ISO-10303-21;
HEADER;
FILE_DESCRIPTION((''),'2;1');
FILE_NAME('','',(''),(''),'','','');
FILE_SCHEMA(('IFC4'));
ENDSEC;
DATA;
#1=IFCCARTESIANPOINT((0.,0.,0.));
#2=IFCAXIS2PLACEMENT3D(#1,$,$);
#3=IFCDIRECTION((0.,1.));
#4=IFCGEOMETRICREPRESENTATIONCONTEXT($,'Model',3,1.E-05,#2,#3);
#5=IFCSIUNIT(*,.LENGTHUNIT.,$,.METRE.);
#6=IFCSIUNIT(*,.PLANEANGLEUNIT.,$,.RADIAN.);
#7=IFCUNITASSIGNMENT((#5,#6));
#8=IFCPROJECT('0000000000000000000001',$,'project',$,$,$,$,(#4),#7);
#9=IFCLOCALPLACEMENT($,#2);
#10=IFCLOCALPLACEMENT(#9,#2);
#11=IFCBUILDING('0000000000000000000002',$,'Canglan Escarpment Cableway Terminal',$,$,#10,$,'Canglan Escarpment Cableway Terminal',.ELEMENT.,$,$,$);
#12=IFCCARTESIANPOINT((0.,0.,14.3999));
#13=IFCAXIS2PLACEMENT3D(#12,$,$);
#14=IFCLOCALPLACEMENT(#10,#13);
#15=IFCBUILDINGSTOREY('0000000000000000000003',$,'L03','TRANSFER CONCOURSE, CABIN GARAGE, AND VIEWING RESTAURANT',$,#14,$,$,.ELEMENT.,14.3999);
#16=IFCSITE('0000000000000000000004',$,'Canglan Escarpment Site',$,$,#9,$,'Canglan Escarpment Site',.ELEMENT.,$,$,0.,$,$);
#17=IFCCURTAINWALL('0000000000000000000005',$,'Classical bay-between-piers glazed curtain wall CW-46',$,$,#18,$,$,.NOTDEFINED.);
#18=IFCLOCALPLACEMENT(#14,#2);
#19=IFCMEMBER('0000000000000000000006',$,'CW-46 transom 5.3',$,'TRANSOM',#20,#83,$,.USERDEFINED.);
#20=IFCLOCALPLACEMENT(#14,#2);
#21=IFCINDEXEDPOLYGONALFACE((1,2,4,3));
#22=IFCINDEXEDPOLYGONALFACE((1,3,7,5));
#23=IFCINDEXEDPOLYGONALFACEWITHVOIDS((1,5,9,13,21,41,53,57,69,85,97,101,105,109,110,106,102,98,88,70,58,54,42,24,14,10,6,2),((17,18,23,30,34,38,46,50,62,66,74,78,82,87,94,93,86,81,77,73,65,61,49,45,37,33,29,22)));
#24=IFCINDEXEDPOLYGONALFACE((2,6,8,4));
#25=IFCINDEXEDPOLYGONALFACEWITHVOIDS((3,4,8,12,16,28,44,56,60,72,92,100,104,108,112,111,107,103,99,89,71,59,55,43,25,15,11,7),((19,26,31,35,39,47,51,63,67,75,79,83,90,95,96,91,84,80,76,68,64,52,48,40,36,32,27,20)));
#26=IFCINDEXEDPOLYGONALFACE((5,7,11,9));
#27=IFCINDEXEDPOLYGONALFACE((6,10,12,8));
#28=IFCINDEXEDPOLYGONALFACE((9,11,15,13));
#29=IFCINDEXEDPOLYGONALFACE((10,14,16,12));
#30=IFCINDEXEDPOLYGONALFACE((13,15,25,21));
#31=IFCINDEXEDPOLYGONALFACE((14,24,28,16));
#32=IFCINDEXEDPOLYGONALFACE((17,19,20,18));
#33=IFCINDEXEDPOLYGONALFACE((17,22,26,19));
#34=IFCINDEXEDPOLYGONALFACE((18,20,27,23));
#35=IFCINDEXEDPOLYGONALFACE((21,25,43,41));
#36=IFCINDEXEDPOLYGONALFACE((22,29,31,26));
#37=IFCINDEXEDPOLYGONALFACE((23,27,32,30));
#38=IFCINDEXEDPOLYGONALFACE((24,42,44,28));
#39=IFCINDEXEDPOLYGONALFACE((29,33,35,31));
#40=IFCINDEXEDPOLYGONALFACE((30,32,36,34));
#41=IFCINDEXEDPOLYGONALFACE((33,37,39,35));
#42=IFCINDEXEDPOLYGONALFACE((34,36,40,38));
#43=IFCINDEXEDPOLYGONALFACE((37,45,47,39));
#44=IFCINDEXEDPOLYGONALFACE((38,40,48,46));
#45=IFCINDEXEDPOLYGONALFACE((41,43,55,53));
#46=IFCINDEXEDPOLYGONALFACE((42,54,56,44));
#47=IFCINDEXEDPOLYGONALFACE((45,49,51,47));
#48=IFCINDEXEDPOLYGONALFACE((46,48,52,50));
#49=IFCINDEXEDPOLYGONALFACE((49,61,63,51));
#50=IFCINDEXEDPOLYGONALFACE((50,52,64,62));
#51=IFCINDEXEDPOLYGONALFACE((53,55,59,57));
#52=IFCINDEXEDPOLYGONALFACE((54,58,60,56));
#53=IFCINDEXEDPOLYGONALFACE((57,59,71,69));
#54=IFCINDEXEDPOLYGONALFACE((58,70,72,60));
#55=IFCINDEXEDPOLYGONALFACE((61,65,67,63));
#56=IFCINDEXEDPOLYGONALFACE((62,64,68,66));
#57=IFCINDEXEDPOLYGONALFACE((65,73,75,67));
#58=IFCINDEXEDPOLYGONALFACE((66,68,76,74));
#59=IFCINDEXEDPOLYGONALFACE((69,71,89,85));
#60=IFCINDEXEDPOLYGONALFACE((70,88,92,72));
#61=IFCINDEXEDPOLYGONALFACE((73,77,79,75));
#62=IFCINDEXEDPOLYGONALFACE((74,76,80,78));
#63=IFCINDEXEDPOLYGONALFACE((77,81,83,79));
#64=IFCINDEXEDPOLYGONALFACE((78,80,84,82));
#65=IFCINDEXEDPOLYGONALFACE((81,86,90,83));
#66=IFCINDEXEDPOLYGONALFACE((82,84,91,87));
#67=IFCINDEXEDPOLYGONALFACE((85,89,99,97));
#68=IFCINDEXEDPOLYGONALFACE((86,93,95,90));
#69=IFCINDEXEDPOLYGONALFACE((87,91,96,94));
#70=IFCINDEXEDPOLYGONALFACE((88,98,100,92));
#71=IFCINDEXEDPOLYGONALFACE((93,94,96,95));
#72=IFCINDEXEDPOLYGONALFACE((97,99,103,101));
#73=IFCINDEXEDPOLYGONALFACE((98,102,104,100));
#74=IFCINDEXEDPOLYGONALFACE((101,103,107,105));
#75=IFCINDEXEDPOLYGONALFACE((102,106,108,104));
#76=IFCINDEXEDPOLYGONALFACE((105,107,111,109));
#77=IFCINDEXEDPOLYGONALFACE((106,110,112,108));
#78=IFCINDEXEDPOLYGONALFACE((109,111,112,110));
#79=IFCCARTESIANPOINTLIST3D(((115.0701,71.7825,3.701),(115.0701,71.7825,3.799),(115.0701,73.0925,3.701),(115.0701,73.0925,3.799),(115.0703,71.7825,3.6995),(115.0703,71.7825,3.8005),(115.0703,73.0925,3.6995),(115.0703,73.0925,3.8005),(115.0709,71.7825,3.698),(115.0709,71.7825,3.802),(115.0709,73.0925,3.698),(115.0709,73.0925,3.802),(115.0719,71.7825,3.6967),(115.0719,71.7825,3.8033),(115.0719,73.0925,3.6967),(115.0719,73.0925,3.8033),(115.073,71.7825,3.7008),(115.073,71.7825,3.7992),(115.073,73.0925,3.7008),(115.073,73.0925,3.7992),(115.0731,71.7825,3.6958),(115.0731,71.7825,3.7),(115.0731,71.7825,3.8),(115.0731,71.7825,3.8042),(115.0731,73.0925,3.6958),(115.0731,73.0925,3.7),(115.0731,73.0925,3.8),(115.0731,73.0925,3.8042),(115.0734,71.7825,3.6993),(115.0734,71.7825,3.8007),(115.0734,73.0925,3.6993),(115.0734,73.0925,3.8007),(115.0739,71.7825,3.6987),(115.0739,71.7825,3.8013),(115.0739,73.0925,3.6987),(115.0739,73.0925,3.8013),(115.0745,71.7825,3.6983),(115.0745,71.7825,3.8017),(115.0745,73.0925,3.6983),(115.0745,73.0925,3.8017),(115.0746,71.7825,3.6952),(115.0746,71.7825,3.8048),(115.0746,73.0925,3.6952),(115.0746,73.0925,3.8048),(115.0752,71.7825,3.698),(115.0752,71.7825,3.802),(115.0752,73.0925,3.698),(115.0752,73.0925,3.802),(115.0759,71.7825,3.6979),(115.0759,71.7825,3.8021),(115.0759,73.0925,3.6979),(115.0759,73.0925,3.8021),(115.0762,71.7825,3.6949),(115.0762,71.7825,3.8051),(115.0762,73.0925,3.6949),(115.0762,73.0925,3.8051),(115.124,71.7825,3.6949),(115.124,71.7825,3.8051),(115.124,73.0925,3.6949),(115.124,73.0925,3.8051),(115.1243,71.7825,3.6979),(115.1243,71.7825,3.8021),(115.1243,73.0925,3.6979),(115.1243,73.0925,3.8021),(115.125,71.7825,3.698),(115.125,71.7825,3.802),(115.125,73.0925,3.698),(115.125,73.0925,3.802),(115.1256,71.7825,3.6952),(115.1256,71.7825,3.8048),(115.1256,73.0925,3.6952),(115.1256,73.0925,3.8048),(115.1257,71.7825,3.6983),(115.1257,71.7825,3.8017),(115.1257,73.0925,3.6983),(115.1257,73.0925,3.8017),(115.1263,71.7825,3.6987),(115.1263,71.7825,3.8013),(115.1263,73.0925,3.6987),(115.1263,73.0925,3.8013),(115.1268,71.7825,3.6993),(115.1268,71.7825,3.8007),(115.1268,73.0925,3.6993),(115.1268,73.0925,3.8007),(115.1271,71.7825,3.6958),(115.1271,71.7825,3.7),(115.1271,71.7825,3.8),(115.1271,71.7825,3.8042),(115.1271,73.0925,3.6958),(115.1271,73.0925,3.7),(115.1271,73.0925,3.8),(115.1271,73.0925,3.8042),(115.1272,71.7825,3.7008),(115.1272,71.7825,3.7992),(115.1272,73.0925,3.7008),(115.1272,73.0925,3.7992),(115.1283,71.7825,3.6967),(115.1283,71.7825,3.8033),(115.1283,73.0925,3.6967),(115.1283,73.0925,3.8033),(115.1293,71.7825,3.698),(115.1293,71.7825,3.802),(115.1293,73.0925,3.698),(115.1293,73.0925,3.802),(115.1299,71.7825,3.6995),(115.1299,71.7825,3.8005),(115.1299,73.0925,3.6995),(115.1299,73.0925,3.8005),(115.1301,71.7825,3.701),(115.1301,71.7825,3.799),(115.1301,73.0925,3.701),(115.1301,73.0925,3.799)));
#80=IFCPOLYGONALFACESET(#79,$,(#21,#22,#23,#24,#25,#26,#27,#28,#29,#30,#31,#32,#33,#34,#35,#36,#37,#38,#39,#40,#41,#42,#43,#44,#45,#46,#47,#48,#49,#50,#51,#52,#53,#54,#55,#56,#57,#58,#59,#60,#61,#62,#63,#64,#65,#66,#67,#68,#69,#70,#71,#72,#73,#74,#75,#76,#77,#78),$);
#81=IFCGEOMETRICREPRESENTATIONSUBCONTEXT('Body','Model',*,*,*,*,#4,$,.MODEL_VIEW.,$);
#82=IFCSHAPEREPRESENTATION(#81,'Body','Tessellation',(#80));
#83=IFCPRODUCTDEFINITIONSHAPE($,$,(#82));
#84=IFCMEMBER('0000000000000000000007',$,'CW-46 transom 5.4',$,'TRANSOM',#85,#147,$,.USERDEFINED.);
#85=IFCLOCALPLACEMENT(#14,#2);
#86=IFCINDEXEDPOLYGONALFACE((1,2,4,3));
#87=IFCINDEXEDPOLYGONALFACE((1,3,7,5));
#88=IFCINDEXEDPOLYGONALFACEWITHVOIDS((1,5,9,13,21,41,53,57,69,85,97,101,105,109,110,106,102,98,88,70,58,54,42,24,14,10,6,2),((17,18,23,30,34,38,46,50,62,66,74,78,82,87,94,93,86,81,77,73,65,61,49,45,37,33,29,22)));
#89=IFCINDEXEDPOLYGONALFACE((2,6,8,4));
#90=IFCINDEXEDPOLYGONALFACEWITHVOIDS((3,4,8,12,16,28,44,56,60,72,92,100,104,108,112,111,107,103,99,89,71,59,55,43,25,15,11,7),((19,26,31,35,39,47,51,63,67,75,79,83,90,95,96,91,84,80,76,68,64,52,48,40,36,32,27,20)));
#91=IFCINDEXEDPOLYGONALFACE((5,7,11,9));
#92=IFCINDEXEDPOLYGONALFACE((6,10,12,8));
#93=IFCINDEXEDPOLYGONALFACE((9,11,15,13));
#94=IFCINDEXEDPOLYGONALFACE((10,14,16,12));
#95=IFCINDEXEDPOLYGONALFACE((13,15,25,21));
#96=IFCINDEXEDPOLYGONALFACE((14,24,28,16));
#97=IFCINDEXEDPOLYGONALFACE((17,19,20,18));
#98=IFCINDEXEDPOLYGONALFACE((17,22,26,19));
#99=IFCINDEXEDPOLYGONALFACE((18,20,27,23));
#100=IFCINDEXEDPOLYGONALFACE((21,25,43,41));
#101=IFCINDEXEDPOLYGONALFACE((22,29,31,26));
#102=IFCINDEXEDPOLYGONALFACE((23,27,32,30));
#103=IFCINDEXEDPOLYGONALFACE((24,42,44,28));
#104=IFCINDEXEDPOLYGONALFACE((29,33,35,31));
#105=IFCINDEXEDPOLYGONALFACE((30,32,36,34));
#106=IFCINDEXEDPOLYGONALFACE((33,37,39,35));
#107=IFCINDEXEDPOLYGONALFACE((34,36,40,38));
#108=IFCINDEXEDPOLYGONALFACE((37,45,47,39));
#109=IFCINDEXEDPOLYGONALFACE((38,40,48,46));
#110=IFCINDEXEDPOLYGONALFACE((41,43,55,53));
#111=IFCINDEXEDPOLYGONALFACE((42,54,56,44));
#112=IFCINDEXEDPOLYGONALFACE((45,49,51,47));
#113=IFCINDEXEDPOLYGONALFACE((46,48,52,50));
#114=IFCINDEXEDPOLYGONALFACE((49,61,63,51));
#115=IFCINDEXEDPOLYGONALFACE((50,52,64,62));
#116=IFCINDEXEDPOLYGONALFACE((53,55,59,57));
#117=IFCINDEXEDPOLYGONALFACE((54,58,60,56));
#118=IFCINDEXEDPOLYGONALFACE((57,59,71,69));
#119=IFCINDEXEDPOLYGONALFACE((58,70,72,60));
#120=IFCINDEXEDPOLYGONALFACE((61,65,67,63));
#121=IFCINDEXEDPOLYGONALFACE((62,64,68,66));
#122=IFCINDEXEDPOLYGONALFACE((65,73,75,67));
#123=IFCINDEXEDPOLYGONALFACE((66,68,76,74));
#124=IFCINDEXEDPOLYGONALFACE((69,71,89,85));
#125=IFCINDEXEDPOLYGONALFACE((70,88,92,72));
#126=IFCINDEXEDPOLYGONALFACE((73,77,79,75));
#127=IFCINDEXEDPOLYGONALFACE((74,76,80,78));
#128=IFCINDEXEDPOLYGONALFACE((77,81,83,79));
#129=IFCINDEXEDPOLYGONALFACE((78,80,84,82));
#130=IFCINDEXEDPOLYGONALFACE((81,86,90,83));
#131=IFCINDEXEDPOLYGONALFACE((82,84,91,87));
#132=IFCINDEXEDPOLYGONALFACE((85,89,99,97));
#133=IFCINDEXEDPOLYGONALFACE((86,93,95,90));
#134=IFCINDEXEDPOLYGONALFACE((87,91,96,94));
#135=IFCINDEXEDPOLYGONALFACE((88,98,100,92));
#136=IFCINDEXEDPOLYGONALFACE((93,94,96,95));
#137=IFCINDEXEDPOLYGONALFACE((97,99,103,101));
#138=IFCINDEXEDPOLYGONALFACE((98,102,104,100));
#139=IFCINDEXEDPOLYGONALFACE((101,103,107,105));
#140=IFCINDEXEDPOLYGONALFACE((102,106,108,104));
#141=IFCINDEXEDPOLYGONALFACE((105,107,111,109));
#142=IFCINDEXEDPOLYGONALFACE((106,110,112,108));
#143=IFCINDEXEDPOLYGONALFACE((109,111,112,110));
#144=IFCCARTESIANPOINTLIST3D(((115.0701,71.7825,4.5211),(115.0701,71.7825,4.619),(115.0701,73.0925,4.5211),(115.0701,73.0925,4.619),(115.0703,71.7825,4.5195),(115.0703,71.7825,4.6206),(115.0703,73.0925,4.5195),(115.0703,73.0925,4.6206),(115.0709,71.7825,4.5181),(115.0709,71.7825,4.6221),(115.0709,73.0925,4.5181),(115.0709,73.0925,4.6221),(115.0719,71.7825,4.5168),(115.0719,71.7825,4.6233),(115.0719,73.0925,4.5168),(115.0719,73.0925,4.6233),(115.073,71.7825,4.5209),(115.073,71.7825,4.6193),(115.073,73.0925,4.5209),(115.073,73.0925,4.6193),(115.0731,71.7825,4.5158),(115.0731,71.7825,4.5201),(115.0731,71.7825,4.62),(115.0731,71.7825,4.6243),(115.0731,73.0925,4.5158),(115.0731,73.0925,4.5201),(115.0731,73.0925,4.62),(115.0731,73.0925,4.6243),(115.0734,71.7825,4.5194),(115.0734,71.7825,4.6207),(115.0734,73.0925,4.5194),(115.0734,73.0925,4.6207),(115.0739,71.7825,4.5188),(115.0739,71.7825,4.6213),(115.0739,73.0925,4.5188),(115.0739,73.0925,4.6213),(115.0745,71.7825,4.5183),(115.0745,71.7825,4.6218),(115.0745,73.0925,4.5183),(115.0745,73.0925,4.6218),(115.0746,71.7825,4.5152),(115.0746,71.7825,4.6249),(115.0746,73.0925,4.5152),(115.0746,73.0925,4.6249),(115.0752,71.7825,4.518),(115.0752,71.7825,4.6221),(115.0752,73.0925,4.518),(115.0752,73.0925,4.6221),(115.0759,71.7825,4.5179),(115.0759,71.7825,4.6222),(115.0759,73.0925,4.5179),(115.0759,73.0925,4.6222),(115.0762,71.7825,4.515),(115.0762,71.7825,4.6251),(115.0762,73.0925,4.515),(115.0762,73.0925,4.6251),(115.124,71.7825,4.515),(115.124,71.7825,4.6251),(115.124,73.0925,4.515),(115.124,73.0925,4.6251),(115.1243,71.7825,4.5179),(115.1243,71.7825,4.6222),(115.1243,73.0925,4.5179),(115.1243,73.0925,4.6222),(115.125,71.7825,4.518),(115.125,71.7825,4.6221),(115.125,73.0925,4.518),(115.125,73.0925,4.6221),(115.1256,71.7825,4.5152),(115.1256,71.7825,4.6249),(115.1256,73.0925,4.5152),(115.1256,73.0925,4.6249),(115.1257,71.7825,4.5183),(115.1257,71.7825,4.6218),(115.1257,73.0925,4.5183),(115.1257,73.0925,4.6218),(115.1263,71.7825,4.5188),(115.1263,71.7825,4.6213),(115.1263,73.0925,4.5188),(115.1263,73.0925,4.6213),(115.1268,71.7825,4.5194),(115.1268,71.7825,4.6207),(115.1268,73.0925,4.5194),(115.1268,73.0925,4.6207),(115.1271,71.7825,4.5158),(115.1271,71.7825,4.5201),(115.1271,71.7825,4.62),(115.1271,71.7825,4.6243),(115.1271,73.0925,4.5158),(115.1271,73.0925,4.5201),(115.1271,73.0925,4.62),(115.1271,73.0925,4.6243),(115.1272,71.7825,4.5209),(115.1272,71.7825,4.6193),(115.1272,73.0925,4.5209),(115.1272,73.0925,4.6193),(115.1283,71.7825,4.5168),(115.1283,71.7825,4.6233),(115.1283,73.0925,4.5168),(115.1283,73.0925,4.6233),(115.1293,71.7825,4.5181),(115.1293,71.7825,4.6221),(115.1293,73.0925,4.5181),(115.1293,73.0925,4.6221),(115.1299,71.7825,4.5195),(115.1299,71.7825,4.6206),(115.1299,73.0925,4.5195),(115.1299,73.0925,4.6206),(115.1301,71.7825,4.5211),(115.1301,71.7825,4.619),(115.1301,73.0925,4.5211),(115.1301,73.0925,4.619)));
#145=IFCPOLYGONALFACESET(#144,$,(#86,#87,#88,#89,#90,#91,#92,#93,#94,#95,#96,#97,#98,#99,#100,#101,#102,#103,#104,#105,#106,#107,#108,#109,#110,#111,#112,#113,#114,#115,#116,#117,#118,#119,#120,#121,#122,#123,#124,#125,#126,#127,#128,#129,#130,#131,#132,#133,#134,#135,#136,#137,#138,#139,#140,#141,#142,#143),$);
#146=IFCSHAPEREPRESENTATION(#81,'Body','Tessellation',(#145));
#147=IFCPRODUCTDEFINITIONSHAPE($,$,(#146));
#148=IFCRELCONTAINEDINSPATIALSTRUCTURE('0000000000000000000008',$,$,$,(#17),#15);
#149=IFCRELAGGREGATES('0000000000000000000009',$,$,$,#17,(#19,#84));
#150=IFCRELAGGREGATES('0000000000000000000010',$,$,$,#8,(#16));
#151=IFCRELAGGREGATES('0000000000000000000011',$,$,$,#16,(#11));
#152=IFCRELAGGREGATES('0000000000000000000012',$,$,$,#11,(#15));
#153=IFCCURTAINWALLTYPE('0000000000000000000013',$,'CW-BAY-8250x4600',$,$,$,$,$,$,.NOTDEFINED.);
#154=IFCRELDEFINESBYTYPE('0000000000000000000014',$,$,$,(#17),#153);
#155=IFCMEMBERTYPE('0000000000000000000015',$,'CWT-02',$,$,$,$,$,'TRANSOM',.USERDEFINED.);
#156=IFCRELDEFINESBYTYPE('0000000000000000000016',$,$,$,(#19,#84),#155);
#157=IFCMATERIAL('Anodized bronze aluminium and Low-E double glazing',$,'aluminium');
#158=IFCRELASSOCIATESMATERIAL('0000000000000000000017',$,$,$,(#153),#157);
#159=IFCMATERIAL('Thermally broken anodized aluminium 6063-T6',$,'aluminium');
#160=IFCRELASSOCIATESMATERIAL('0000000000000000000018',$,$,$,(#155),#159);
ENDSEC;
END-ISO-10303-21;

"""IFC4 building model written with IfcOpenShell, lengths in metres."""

from ifc_helpers import new_model, si_unit, direction, frame, origin, origin_2d, place, context, subcontext, project, spatial, hollow_rectangle, extrude, material, material_profile, profile_set, type_object, element, aggregate, save


model = new_model("IFC4")

# Units and contexts
model_context = context("Model", 3, precision=1e-05, world=origin(), true_north=direction((0.0, 1.0)))
body_context = subcontext(model_context, "Body", "Model", "MODEL_VIEW")
ifc_project = project(units=[si_unit("LENGTHUNIT", "METRE"), si_unit("PLANEANGLEUNIT", "RADIAN")], contexts=[model_context])

# Site, building, storey
site_placement = place(None, origin())
site = spatial("IfcSite", under=ifc_project, at=site_placement, Name="Canglan Escarpment Site", LongName="Canglan Escarpment Site", CompositionType="ELEMENT", RefElevation=0.0)
building_placement = place(site_placement, origin())
building = spatial("IfcBuilding", under=site, at=building_placement, Name="Canglan Escarpment Cableway Terminal", LongName="Canglan Escarpment Cableway Terminal", CompositionType="ELEMENT")
storey_placement = place(building_placement, frame((0.0, 0.0, 14.3999)))
storey = spatial("IfcBuildingStorey", under=building, at=storey_placement, Name="L03", Description="TRANSFER CONCOURSE, CABIN GARAGE, AND VIEWING RESTAURANT", CompositionType="ELEMENT", Elevation=14.3999)

# Curtain wall, members
ifc_material_1 = material(Name="Anodized bronze aluminium and Low-E double glazing", Category="aluminium")
curtain_wall_type = type_object("IfcCurtainWallType", Name="CW-BAY-8250x4600", PredefinedType="NOTDEFINED", material=ifc_material_1)
curtain_wall_placement = place(storey_placement, origin())
curtain_wall = element("IfcCurtainWall", 1, at=curtain_wall_placement, inside=storey, type_object=curtain_wall_type, Name="Classical bay-between-piers glazed curtain wall CW-46", PredefinedType="NOTDEFINED")
ifc_material_2 = material(Name="Thermally broken anodized aluminium 6063-T6", Category="aluminium")
ifc_material_profile_1 = material_profile(ifc_material_2, hollow_rectangle(XDim=0.0601, YDim=0.1101, WallThickness=0.0029, InnerFilletRadius=0.0029, OuterFilletRadius=0.0061, at=origin_2d()), Name="ALU-TRAN 60x110x3")
ifc_profile_set_1 = profile_set([ifc_material_profile_1], Name="Thermally broken anodized aluminium 6063-T6")
member_type_1 = type_object("IfcMemberType", Name="CWT-02", ElementType="TRANSOM", PredefinedType="USERDEFINED", material=ifc_profile_set_1)
member_1_placement = place(storey_placement, frame((115.1001, 73.0925, 3.75), z_axis=(0.0, -1.0, 0.0), x_axis=(1.0, 0.0, 0.0)))
member_1 = element("IfcMember", 2, at=member_1_placement, type_object=member_type_1, Name="CW-46 transom 5.3", ObjectType="TRANSOM", PredefinedType="USERDEFINED", context=body_context, shape_type="SweptSolid", body=[
    extrude(hollow_rectangle(XDim=0.0601, YDim=0.1101, WallThickness=0.0029, InnerFilletRadius=0.0029, OuterFilletRadius=0.0061, at=origin_2d()), origin(), (0.0, 0.0, 1.0), 1.3101),
])
member_2_placement = place(storey_placement, frame((115.1001, 73.0925, 4.5701), z_axis=(0.0, -1.0, 0.0), x_axis=(1.0, 0.0, 0.0)))
member_2 = element("IfcMember", 3, at=member_2_placement, type_object=member_type_1, Name="CW-46 transom 5.4", ObjectType="TRANSOM", PredefinedType="USERDEFINED", context=body_context, shape_type="SweptSolid", body=[
    extrude(hollow_rectangle(XDim=0.0601, YDim=0.1101, WallThickness=0.0029, InnerFilletRadius=0.0029, OuterFilletRadius=0.0061, at=origin_2d()), origin(), (0.0, 0.0, 1.0), 1.3101),
])

aggregate(curtain_wall, [member_1, member_2])

save(model, "model.ifc")
